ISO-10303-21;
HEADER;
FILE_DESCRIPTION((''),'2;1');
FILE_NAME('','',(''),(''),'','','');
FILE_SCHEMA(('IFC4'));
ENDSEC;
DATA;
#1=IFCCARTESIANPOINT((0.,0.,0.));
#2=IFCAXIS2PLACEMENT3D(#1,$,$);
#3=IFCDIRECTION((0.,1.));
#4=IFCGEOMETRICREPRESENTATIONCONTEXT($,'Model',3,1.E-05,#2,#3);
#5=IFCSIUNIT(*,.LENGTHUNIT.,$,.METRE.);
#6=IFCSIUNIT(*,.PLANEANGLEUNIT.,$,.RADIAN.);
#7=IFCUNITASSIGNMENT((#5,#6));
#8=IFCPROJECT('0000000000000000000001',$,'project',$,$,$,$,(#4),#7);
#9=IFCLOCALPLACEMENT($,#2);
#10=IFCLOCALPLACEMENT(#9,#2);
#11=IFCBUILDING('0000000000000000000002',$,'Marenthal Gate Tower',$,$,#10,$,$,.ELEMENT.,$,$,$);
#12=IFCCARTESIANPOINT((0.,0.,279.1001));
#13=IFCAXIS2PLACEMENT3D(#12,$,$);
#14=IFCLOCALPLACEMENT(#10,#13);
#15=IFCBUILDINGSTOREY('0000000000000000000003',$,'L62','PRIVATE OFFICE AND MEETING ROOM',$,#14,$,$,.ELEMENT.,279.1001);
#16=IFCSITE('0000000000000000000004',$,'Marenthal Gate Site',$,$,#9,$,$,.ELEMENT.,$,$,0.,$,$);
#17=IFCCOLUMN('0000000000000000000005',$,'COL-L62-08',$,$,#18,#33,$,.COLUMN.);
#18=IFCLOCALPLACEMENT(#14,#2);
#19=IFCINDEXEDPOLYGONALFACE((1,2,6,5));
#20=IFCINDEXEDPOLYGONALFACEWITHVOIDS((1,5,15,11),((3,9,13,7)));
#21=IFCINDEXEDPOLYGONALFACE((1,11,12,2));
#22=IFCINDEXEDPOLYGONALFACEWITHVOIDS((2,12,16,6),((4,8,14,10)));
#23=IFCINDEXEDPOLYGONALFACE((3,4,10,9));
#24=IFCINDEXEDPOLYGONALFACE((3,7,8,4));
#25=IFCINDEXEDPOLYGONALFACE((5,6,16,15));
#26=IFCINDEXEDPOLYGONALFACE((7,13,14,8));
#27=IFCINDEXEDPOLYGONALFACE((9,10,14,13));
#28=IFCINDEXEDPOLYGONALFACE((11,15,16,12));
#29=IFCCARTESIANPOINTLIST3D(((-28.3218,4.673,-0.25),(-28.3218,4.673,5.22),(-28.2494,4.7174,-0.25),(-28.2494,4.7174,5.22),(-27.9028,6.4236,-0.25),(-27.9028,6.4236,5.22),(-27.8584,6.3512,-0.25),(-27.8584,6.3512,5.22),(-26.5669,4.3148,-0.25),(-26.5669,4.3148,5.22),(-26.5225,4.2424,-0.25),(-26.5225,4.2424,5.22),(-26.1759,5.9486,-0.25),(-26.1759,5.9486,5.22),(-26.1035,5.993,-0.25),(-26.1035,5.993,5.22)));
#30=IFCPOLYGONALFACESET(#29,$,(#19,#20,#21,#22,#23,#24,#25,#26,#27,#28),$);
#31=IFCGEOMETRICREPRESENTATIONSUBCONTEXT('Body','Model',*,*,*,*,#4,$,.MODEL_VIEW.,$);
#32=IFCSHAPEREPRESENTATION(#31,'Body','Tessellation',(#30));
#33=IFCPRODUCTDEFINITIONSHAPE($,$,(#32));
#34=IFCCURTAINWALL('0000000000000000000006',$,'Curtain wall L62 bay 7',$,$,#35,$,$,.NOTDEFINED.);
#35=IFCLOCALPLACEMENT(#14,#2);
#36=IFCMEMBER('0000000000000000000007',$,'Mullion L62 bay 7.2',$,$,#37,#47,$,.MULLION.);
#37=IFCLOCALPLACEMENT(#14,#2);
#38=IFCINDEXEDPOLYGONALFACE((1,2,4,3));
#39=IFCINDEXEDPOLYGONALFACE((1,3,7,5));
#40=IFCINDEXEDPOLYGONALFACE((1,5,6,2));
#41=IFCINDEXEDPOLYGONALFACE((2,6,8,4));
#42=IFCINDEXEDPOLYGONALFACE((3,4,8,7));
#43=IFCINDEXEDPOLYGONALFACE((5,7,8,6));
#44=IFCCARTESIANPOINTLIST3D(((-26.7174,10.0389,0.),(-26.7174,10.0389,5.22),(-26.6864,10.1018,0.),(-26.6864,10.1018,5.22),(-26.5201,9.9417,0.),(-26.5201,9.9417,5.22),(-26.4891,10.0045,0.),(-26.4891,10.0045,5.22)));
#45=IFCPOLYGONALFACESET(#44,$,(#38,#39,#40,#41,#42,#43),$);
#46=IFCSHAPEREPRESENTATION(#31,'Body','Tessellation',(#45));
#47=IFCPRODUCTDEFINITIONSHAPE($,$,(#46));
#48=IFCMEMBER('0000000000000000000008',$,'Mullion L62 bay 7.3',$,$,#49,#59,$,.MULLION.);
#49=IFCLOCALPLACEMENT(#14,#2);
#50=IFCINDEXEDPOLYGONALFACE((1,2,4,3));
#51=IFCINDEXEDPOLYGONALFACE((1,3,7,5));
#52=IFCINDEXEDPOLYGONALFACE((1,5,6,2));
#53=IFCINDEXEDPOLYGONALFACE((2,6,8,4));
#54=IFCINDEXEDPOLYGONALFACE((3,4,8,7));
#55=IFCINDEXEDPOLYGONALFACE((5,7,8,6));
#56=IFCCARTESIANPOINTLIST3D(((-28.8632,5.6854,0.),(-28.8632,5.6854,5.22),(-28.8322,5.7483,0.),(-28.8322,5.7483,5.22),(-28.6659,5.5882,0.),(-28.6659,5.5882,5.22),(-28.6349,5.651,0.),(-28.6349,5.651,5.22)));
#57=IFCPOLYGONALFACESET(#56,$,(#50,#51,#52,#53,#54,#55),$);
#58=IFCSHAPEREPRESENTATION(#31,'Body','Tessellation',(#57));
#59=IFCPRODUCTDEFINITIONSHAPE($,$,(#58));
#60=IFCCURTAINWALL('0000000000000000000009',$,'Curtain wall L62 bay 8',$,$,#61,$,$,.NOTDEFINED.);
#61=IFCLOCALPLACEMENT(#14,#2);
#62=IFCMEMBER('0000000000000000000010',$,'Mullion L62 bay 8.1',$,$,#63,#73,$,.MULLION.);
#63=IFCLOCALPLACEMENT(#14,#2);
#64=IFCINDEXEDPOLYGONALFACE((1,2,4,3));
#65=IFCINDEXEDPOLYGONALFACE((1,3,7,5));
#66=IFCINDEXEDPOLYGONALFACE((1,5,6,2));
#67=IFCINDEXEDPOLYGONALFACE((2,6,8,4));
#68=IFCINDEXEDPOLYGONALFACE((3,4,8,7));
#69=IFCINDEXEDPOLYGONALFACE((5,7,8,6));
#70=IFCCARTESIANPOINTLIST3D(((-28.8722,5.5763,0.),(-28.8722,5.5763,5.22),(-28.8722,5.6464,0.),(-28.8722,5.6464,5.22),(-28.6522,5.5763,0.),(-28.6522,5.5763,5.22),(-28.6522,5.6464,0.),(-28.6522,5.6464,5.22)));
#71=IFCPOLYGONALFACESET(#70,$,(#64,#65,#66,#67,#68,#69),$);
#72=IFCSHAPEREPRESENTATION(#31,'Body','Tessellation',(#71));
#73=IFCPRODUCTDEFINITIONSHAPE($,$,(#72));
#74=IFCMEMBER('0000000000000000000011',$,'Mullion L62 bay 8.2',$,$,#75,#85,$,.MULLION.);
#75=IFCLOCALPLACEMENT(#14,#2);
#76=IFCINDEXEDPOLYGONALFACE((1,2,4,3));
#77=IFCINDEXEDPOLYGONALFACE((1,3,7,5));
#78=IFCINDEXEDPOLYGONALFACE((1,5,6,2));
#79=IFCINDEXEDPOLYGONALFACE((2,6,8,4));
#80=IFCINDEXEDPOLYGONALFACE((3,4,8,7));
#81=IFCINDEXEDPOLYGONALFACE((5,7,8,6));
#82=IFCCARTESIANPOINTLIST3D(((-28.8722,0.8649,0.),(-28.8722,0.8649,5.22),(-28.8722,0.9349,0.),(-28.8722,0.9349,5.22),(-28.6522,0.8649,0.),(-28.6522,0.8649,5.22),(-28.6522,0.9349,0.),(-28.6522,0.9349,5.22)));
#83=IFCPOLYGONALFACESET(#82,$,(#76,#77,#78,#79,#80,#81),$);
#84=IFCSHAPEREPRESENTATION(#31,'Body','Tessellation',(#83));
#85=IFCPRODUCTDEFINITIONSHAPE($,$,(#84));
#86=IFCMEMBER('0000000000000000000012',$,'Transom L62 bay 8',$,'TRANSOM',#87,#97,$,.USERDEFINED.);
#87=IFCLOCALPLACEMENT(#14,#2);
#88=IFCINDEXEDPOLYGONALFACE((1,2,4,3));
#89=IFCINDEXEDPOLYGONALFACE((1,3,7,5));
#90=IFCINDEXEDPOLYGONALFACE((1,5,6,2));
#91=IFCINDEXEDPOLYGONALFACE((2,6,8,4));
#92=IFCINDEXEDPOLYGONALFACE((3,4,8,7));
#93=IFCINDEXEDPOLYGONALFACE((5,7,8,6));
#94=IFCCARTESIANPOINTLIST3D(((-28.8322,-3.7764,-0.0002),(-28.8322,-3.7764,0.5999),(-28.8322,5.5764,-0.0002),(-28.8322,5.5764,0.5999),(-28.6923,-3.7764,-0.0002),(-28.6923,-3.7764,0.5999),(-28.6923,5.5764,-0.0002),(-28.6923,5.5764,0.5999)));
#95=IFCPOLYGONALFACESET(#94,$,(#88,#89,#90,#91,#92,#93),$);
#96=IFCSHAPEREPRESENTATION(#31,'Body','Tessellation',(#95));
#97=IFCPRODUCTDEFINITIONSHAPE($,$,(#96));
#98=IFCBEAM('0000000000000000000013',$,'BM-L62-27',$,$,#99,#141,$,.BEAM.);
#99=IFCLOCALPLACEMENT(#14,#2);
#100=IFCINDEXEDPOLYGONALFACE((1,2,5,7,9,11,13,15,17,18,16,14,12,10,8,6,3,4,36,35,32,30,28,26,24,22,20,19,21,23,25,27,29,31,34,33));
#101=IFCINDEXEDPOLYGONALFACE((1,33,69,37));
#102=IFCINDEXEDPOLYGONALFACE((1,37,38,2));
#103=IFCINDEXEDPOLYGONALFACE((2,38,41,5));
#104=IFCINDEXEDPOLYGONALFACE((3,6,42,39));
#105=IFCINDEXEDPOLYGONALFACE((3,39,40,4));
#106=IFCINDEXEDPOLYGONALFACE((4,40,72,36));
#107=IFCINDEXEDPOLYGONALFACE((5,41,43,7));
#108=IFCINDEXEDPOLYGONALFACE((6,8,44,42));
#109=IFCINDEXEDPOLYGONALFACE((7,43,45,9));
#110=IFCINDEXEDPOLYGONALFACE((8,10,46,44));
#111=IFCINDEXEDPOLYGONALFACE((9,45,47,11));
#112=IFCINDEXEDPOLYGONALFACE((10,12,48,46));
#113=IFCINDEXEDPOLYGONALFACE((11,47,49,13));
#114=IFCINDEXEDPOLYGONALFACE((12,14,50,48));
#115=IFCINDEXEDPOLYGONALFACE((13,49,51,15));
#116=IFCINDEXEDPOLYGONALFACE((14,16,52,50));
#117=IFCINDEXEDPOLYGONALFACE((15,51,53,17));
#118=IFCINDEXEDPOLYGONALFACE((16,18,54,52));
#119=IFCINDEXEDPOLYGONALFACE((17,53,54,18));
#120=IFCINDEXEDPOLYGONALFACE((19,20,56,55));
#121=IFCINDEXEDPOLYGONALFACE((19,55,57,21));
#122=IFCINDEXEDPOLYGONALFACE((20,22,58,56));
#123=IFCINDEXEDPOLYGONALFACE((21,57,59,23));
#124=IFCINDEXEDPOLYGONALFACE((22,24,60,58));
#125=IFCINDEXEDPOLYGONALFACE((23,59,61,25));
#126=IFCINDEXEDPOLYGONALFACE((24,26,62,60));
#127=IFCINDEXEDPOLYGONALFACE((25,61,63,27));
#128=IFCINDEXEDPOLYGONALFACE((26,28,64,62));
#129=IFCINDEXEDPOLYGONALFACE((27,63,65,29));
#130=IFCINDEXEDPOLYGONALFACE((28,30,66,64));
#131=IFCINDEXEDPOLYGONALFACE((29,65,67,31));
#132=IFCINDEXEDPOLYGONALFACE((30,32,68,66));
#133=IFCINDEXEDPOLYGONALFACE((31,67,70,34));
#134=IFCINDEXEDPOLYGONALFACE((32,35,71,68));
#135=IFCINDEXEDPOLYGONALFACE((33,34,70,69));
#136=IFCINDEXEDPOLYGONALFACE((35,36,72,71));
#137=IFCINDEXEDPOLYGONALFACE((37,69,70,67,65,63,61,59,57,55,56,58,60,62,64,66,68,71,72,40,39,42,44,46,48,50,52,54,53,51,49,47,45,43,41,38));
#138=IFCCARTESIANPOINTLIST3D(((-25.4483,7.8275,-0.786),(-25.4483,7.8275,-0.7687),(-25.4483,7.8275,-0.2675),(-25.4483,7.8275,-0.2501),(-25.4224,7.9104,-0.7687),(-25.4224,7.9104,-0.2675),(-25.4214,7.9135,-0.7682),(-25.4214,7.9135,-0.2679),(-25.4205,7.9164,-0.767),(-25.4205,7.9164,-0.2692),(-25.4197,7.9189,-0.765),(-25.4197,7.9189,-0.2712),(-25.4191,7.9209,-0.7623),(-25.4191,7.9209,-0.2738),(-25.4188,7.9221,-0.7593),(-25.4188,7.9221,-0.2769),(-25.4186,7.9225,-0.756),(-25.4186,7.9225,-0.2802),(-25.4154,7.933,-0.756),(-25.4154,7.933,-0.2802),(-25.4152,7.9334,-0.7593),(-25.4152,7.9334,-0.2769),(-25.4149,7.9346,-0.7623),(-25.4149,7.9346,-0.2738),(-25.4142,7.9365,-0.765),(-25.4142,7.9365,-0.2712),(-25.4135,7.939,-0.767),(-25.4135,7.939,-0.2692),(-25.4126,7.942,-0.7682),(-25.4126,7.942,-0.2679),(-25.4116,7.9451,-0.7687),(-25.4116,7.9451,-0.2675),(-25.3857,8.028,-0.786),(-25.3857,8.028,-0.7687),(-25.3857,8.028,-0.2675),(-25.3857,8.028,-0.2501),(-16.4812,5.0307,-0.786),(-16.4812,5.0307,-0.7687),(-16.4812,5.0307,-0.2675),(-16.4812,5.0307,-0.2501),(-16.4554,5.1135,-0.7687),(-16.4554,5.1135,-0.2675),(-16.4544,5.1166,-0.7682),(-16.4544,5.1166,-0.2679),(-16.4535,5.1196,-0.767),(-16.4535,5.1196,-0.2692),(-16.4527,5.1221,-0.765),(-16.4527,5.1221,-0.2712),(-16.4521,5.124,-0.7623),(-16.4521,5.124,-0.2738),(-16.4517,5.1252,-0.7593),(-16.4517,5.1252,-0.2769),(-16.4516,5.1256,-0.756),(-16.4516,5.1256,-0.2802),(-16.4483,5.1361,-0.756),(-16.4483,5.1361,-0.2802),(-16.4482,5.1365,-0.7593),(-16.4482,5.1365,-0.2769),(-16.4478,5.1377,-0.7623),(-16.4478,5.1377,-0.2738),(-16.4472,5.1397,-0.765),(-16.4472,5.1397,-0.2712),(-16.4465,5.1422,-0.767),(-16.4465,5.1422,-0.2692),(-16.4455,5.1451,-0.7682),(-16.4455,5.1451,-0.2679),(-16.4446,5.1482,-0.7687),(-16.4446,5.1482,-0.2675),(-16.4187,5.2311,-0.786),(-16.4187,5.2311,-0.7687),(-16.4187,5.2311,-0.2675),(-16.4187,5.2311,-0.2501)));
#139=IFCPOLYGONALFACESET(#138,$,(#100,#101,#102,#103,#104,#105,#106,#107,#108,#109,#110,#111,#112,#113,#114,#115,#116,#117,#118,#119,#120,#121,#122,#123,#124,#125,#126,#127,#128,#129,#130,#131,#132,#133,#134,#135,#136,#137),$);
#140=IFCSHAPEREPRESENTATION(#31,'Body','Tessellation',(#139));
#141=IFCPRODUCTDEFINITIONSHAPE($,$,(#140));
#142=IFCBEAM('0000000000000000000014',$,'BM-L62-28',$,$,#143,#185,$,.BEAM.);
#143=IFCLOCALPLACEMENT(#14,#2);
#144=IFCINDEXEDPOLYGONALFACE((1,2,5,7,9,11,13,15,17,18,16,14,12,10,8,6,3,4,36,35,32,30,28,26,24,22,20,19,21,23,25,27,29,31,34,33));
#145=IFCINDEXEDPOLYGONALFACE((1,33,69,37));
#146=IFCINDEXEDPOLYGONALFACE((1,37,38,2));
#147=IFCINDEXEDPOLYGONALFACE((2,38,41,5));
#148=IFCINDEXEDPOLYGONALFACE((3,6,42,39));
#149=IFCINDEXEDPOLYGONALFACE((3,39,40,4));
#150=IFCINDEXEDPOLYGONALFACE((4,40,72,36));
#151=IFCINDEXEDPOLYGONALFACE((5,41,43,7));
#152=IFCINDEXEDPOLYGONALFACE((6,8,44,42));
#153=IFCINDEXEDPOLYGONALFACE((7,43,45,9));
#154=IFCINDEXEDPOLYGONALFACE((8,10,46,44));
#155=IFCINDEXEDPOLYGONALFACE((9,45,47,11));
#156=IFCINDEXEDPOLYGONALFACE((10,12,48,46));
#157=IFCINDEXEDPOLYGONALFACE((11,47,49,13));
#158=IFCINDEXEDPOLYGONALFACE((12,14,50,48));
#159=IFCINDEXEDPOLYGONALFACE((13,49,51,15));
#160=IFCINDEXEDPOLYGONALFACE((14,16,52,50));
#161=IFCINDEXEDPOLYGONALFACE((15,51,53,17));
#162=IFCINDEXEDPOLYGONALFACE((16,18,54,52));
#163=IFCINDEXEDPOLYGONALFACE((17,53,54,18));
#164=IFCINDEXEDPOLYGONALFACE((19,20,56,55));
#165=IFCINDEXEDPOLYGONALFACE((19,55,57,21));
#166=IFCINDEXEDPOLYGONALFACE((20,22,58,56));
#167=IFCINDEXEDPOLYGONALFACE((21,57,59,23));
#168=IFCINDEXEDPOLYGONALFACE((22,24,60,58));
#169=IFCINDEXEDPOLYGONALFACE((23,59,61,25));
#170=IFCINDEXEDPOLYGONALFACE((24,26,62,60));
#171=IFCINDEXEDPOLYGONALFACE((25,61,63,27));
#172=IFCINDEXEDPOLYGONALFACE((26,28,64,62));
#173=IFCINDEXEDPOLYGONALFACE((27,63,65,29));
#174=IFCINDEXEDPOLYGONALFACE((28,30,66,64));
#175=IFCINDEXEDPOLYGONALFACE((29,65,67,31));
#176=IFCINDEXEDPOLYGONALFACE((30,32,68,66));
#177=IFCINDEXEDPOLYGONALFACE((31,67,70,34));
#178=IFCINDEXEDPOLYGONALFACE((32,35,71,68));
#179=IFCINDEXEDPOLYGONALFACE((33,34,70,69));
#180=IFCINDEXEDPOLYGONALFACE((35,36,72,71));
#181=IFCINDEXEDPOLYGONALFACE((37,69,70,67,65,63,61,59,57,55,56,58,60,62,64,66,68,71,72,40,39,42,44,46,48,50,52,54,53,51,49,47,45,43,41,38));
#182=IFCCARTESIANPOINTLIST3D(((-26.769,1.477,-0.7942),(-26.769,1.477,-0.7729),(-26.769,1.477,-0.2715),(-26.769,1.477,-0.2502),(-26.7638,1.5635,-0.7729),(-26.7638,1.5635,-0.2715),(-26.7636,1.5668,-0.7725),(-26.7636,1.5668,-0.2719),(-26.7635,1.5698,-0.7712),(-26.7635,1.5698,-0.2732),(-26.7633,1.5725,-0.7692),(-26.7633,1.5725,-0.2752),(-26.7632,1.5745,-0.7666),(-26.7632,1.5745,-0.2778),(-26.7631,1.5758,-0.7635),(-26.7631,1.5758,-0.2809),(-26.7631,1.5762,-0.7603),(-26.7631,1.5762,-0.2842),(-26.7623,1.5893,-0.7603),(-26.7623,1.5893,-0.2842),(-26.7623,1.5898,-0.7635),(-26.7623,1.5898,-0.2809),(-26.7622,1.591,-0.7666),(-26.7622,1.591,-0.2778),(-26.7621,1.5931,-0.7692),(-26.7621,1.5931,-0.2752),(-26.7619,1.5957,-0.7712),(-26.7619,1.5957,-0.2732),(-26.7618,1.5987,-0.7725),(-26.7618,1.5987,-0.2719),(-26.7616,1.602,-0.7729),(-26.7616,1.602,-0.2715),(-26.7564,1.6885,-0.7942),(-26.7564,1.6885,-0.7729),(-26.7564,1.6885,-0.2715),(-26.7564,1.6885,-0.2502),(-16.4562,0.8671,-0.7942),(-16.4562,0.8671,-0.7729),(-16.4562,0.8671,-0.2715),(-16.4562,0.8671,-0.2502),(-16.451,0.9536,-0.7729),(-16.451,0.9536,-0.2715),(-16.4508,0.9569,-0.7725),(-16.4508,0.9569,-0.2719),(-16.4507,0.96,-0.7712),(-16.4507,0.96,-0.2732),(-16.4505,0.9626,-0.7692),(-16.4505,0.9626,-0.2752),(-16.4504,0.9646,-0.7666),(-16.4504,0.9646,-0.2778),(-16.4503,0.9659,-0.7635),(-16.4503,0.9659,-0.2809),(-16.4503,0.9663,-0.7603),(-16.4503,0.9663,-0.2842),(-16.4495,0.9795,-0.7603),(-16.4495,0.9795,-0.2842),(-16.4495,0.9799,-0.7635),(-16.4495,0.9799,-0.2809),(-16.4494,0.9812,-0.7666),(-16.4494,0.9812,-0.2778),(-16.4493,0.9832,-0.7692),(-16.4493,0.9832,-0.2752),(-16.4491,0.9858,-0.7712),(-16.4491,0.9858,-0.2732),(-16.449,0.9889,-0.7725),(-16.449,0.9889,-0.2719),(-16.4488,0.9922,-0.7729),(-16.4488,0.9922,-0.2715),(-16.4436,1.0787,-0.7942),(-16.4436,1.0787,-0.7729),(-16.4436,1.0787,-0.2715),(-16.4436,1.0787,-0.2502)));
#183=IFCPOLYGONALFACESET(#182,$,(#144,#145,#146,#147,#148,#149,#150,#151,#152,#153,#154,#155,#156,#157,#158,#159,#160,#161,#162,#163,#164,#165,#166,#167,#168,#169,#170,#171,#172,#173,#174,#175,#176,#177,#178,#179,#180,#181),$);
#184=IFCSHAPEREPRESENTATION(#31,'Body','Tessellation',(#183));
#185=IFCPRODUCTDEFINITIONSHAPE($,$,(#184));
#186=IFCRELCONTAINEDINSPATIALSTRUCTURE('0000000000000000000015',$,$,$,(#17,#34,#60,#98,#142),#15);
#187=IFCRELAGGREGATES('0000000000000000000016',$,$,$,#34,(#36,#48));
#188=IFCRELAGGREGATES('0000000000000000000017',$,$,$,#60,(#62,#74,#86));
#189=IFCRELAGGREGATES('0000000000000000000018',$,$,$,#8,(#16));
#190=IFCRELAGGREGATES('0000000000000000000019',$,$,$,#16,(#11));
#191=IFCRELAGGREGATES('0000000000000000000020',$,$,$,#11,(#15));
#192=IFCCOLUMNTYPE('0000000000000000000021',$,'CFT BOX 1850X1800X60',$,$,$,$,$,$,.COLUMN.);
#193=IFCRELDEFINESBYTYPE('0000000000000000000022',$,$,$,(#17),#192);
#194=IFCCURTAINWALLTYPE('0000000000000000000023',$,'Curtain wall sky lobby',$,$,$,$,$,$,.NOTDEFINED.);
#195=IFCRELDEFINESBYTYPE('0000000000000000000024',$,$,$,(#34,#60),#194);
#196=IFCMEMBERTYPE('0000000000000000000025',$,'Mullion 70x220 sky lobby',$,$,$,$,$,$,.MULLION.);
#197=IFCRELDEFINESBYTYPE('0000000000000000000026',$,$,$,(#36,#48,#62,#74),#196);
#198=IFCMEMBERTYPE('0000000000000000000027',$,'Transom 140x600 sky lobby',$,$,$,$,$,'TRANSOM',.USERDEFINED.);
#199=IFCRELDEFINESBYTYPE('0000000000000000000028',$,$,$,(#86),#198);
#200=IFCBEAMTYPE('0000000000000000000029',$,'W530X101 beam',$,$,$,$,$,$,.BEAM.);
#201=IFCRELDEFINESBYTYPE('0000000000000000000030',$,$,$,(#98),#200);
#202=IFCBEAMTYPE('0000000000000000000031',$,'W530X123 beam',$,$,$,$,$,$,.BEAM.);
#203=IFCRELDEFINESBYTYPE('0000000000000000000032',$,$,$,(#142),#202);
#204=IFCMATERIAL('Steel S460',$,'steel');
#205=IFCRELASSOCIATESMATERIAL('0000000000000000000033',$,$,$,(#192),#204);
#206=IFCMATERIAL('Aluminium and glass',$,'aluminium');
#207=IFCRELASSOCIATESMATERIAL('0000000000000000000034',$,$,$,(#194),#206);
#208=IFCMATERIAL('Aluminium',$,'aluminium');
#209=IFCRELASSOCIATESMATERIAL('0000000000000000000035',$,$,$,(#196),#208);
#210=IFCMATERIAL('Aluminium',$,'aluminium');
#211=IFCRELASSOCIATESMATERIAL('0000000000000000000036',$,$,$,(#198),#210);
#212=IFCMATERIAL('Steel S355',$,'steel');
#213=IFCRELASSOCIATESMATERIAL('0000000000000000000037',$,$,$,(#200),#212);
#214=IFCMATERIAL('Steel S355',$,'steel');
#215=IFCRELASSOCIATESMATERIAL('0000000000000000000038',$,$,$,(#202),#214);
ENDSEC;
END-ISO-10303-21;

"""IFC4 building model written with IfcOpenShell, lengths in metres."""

from ifc_helpers import new_model, si_unit, direction, frame, origin, origin_2d, place, context, subcontext, project, spatial, rectangle, hollow_rectangle, i_section, extrude, material, material_profile, profile_set, type_object, element, aggregate, save


model = new_model("IFC4")

# Units and contexts
model_context = context("Model", 3, precision=1e-05, world=origin(), true_north=direction((0.0, 1.0)))
body_context = subcontext(model_context, "Body", "Model", "MODEL_VIEW")
ifc_project = project(units=[si_unit("LENGTHUNIT", "METRE"), si_unit("PLANEANGLEUNIT", "RADIAN")], contexts=[model_context])

# Site, building, storey
site_placement = place(None, origin())
site = spatial("IfcSite", under=ifc_project, at=site_placement, Name="Marenthal Gate Site", CompositionType="ELEMENT", RefElevation=0.0)
building_placement = place(site_placement, origin())
building = spatial("IfcBuilding", under=site, at=building_placement, Name="Marenthal Gate Tower", CompositionType="ELEMENT")
storey_placement = place(building_placement, frame((0.0, 0.0, 279.1001)))
storey = spatial("IfcBuildingStorey", under=building, at=storey_placement, Name="L62", Description="PRIVATE OFFICE AND MEETING ROOM", CompositionType="ELEMENT", Elevation=279.1001)

# Column
ifc_material_1 = material(Name="Steel S460", Category="steel")
ifc_material_profile_1 = material_profile(ifc_material_1, hollow_rectangle(XDim=1.8, YDim=1.8501, WallThickness=0.0601, at=origin_2d()), Name="CFT BOX 1850X1800X60")
ifc_material_2 = material(Name="Concrete 70 MPa", Category="concrete")
ifc_material_profile_2 = material_profile(ifc_material_2, rectangle(XDim=1.6799, YDim=1.73, at=origin_2d()), Name="CFT BOX 1850X1800X60 INFILL")
ifc_profile_set_1 = profile_set([ifc_material_profile_1, ifc_material_profile_2], Name="Steel S460 shell, Concrete 70 MPa infill")
column_type = type_object("IfcColumnType", Name="CFT BOX 1850X1800X60", PredefinedType="COLUMN", material=ifc_profile_set_1)
column_placement = place(storey_placement, frame((-27.2126, 5.333, -0.25), z_axis=(0.0, 0.0, 1.0), x_axis=(0.232739, 0.972539, 0.0)))
element("IfcColumn", 1, at=column_placement, inside=storey, type_object=column_type, Name="COL-L62-08", PredefinedType="COLUMN", context=body_context, shape_type="SweptSolid", body=[
    extrude(hollow_rectangle(XDim=1.8, YDim=1.8501, WallThickness=0.0601, at=origin_2d()), origin(), (0.0, 0.0, 1.0), 5.47),
])

# Curtain walls, members
ifc_material_3 = material(Name="Aluminium and glass", Category="aluminium")
curtain_wall_type = type_object("IfcCurtainWallType", Name="Curtain wall sky lobby", PredefinedType="NOTDEFINED", material=ifc_material_3)
curtain_wall_1_placement = place(storey_placement, origin())
curtain_wall_1 = element("IfcCurtainWall", 2, at=curtain_wall_1_placement, inside=storey, type_object=curtain_wall_type, Name="Curtain wall L62 bay 7", PredefinedType="NOTDEFINED")
ifc_material_4 = material(Name="Aluminium", Category="aluminium")
ifc_material_profile_3 = material_profile(ifc_material_4, rectangle(XDim=0.22, YDim=0.0701, at=origin_2d()), Name="70x220 aluminium mullion")
ifc_profile_set_2 = profile_set([ifc_material_profile_3], Name="Aluminium")
member_type_1 = type_object("IfcMemberType", Name="Mullion 70x220 sky lobby", PredefinedType="MULLION", material=ifc_profile_set_2)
member_1_placement = place(storey_placement, frame((-26.6033, 10.0217, 0.0), z_axis=(0.0, 0.0, 1.0), x_axis=(0.89697, -0.442091, 0.0)))
member_1 = element("IfcMember", 3, at=member_1_placement, type_object=member_type_1, Name="Mullion L62 bay 7.2", PredefinedType="MULLION", context=body_context, shape_type="SweptSolid", body=[
    extrude(rectangle(XDim=0.22, YDim=0.0701, at=origin_2d()), origin(), (0.0, 0.0, 1.0), 5.22),
])
member_2_placement = place(storey_placement, frame((-28.749, 5.6682, 0.0), z_axis=(0.0, 0.0, 1.0), x_axis=(0.89697, -0.442091, 0.0)))
member_2 = element("IfcMember", 4, at=member_2_placement, type_object=member_type_1, Name="Mullion L62 bay 7.3", PredefinedType="MULLION", context=body_context, shape_type="SweptSolid", body=[
    extrude(rectangle(XDim=0.22, YDim=0.0701, at=origin_2d()), origin(), (0.0, 0.0, 1.0), 5.22),
])
curtain_wall_2_placement = place(storey_placement, origin())
curtain_wall_2 = element("IfcCurtainWall", 5, at=curtain_wall_2_placement, inside=storey, type_object=curtain_wall_type, Name="Curtain wall L62 bay 8", PredefinedType="NOTDEFINED")
member_3_placement = place(storey_placement, frame((-28.7622, 5.6113, 0.0), z_axis=(0.0, 0.0, 1.0), x_axis=(1.0, 0.0, 0.0)))
member_3 = element("IfcMember", 6, at=member_3_placement, type_object=member_type_1, Name="Mullion L62 bay 8.1", PredefinedType="MULLION", context=body_context, shape_type="SweptSolid", body=[
    extrude(rectangle(XDim=0.22, YDim=0.0701, at=origin_2d()), origin(), (0.0, 0.0, 1.0), 5.22),
])
member_4_placement = place(storey_placement, frame((-28.7622, 0.8999, 0.0), z_axis=(0.0, 0.0, 1.0), x_axis=(1.0, 0.0, 0.0)))
member_4 = element("IfcMember", 7, at=member_4_placement, type_object=member_type_1, Name="Mullion L62 bay 8.2", PredefinedType="MULLION", context=body_context, shape_type="SweptSolid", body=[
    extrude(rectangle(XDim=0.22, YDim=0.0701, at=origin_2d()), origin(), (0.0, 0.0, 1.0), 5.22),
])
ifc_material_5 = material(Name="Aluminium", Category="aluminium")
ifc_material_profile_4 = material_profile(ifc_material_5, rectangle(XDim=0.1399, YDim=0.6001, at=origin_2d()), Name="140x600 aluminium transom")
ifc_profile_set_3 = profile_set([ifc_material_profile_4], Name="Aluminium")
member_type_2 = type_object("IfcMemberType", Name="Transom 140x600 sky lobby", ElementType="TRANSOM", PredefinedType="USERDEFINED", material=ifc_profile_set_3)
member_5_placement = place(storey_placement, frame((-28.7622, 5.5764, 0.2998), z_axis=(0.0, -1.0, 0.0), x_axis=(1.0, 0.0, 0.0)))
member_5 = element("IfcMember", 8, at=member_5_placement, type_object=member_type_2, Name="Transom L62 bay 8", ObjectType="TRANSOM", PredefinedType="USERDEFINED", context=body_context, shape_type="SweptSolid", body=[
    extrude(rectangle(XDim=0.1399, YDim=0.6001, at=origin_2d()), origin(), (0.0, 0.0, 1.0), 9.3528),
])

# Beams
ifc_material_6 = material(Name="Steel S355", Category="steel")
ifc_material_profile_5 = material_profile(ifc_material_6, i_section(OverallWidth=0.21, OverallDepth=0.5359, WebThickness=0.011, FlangeThickness=0.0173, FilletRadius=0.0127, at=origin_2d()), Name="W530X101")
ifc_profile_set_4 = profile_set([ifc_material_profile_5], Name="Steel S355")
beam_type_1 = type_object("IfcBeamType", Name="W530X101 beam", PredefinedType="BEAM", material=ifc_profile_set_4)
beam_1_placement = place(storey_placement, frame((-25.417, 7.9277, -0.5181), z_axis=(0.954641, -0.297758, 0.0), x_axis=(0.297758, 0.954641, 0.0)))
element("IfcBeam", 9, at=beam_1_placement, inside=storey, type_object=beam_type_1, Name="BM-L62-27", PredefinedType="BEAM", context=body_context, shape_type="SweptSolid", body=[
    extrude(i_section(OverallWidth=0.21, OverallDepth=0.5359, WebThickness=0.011, FlangeThickness=0.0173, FilletRadius=0.0127, at=origin_2d()), origin(), (0.0, 0.0, 1.0), 9.3931),
])
ifc_material_7 = material(Name="Steel S355", Category="steel")
ifc_material_profile_6 = material_profile(ifc_material_7, i_section(OverallWidth=0.2119, OverallDepth=0.5439, WebThickness=0.0132, FlangeThickness=0.0212, FilletRadius=0.0127, at=origin_2d()), Name="W530X123")
ifc_profile_set_5 = profile_set([ifc_material_profile_6], Name="Steel S355")
beam_type_2 = type_object("IfcBeamType", Name="W530X123 beam", PredefinedType="BEAM", material=ifc_profile_set_5)
beam_2_placement = place(storey_placement, frame((-26.7627, 1.5828, -0.5222), z_axis=(0.998256, -0.059034, 0.0), x_axis=(0.059034, 0.998256, 0.0)))
element("IfcBeam", 10, at=beam_2_placement, inside=storey, type_object=beam_type_2, Name="BM-L62-28", PredefinedType="BEAM", context=body_context, shape_type="SweptSolid", body=[
    extrude(i_section(OverallWidth=0.2119, OverallDepth=0.5439, WebThickness=0.0132, FlangeThickness=0.0212, FilletRadius=0.0127, at=origin_2d()), origin(), (0.0, 0.0, 1.0), 10.3308),
])

aggregate(curtain_wall_1, [member_1, member_2])
aggregate(curtain_wall_2, [member_3, member_4, member_5])

save(model, "model.ifc")
